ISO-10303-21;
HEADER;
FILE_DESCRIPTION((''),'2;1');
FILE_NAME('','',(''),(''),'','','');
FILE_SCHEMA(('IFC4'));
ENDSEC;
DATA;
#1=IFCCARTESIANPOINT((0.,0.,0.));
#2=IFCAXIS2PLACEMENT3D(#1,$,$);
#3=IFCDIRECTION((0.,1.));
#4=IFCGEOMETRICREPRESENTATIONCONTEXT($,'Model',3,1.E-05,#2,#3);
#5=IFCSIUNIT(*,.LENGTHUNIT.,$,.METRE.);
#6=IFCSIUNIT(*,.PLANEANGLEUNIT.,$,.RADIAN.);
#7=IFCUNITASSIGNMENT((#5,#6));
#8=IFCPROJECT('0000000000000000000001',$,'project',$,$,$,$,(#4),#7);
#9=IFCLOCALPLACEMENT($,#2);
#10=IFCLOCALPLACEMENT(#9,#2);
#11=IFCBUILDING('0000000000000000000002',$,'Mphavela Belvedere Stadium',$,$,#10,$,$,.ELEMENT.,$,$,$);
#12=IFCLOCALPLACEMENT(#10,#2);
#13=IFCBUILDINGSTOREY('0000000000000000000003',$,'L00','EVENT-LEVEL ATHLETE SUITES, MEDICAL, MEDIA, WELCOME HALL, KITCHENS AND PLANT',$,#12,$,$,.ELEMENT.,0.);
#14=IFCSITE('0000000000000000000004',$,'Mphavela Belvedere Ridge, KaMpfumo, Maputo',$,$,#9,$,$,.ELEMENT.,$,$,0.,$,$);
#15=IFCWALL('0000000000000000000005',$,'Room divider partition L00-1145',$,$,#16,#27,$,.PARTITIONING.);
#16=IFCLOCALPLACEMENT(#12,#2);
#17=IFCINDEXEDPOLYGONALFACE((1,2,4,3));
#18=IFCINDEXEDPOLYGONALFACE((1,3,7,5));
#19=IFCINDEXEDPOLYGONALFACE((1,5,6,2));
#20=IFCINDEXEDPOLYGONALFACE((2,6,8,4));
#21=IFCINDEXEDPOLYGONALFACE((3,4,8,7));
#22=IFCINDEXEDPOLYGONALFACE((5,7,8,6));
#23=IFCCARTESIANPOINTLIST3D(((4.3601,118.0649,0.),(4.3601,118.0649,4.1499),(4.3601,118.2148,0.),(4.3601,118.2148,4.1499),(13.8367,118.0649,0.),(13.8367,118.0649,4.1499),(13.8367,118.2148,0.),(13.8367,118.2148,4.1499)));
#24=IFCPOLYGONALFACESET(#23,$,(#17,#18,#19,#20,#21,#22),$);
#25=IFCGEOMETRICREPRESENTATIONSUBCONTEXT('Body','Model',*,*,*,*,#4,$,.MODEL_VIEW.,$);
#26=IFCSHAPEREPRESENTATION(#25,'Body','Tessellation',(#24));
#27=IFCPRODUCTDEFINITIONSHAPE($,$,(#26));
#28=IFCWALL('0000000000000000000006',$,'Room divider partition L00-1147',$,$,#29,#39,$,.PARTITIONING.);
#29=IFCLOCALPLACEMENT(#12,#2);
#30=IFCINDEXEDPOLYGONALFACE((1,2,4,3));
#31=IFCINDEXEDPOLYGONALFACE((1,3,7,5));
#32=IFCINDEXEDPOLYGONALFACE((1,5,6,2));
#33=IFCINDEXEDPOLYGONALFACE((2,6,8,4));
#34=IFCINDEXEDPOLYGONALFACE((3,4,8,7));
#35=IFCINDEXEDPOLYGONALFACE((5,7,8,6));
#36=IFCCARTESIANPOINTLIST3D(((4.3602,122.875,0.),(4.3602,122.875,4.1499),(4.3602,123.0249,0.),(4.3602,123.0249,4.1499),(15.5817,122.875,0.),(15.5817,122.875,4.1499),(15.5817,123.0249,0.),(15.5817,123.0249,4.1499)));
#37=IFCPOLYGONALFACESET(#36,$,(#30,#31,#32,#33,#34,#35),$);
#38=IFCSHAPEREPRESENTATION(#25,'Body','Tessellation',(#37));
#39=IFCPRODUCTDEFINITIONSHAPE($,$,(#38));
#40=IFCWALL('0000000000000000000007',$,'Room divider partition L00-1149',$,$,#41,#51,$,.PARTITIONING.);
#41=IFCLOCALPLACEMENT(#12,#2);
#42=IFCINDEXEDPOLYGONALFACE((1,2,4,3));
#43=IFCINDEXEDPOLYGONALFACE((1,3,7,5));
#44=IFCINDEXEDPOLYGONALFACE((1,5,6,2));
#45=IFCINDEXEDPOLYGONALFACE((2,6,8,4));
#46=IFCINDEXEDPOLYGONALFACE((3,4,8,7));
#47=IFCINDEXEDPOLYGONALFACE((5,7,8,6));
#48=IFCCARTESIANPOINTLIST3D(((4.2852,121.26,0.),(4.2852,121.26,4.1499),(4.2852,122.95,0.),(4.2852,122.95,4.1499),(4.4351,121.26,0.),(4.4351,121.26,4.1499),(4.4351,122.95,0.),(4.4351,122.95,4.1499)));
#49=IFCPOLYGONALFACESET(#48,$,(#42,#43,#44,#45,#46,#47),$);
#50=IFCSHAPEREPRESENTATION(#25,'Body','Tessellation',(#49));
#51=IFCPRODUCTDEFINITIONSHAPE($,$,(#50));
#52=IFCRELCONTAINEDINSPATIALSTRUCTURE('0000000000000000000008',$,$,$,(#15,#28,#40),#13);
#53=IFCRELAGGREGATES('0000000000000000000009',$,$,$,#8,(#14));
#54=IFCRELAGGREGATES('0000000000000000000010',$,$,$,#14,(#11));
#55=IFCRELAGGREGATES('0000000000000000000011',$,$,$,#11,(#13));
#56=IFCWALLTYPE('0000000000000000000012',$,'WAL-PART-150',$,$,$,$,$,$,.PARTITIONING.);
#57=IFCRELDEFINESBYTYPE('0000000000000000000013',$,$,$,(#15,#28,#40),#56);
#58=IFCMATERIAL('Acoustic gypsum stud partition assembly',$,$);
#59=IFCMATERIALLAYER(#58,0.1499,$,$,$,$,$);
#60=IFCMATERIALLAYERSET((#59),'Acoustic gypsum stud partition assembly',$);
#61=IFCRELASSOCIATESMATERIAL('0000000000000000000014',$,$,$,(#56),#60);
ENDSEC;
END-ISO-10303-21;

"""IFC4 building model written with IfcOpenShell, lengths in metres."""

from ifc_helpers import new_model, si_unit, direction, frame, frame_2d, origin, place, context, subcontext, project, spatial, rectangle, extrude, material, layer, layer_set, type_object, element, save


model = new_model("IFC4")

# Units and contexts
model_context = context("Model", 3, precision=1e-05, world=origin(), true_north=direction((0.0, 1.0)))
body_context = subcontext(model_context, "Body", "Model", "MODEL_VIEW")
ifc_project = project(units=[si_unit("LENGTHUNIT", "METRE"), si_unit("PLANEANGLEUNIT", "RADIAN")], contexts=[model_context])

# Site, building, storey
site_placement = place(None, origin())
site = spatial("IfcSite", under=ifc_project, at=site_placement, Name="Mphavela Belvedere Ridge, KaMpfumo, Maputo", CompositionType="ELEMENT", RefElevation=0.0)
building_placement = place(site_placement, origin())
building = spatial("IfcBuilding", under=site, at=building_placement, Name="Mphavela Belvedere Stadium", CompositionType="ELEMENT")
storey_placement = place(building_placement, origin())
storey = spatial("IfcBuildingStorey", under=building, at=storey_placement, Name="L00", Description="EVENT-LEVEL ATHLETE SUITES, MEDICAL, MEDIA, WELCOME HALL, KITCHENS AND PLANT", CompositionType="ELEMENT", Elevation=0.0)

# Walls
ifc_material_1 = material(Name="Acoustic gypsum stud partition assembly")
ifc_layer_1 = layer(ifc_material_1, 0.1499)
ifc_layer_set_1 = layer_set([ifc_layer_1], Name="Acoustic gypsum stud partition assembly")
wall_type_1 = type_object("IfcWallType", Name="WAL-PART-150", PredefinedType="PARTITIONING", material=ifc_layer_set_1)
wall_1_placement = place(storey_placement, frame((4.3601, 118.1399, 0.0), z_axis=(0.0, 0.0, 1.0), x_axis=(1.0, 0.0, 0.0)))
element("IfcWall", 1, at=wall_1_placement, inside=storey, type_object=wall_type_1, Name="Room divider partition L00-1145", PredefinedType="PARTITIONING", context=body_context, shape_type="SweptSolid", body=[
    extrude(rectangle(XDim=9.4766, YDim=0.1499, at=frame_2d((4.7383, 0.0))), origin(), (0.0, 0.0, 1.0), 4.1499),
])
wall_2_placement = place(storey_placement, frame((4.3601, 122.95, 0.0), z_axis=(0.0, 0.0, 1.0), x_axis=(1.0, 0.0, 0.0)))
element("IfcWall", 2, at=wall_2_placement, inside=storey, type_object=wall_type_1, Name="Room divider partition L00-1147", PredefinedType="PARTITIONING", context=body_context, shape_type="SweptSolid", body=[
    extrude(rectangle(XDim=11.2214, YDim=0.1499, at=frame_2d((5.6108, 0.0))), origin(), (0.0, 0.0, 1.0), 4.1499),
])
wall_3_placement = place(storey_placement, frame((4.3601, 121.26, 0.0), z_axis=(0.0, 0.0, 1.0), x_axis=(0.0, 1.0, 0.0)))
element("IfcWall", 3, at=wall_3_placement, inside=storey, type_object=wall_type_1, Name="Room divider partition L00-1149", PredefinedType="PARTITIONING", context=body_context, shape_type="SweptSolid", body=[
    extrude(rectangle(XDim=1.6899, YDim=0.1499, at=frame_2d((0.845, 0.0))), origin(), (0.0, 0.0, 1.0), 4.1499),
])

save(model, "model.ifc")
